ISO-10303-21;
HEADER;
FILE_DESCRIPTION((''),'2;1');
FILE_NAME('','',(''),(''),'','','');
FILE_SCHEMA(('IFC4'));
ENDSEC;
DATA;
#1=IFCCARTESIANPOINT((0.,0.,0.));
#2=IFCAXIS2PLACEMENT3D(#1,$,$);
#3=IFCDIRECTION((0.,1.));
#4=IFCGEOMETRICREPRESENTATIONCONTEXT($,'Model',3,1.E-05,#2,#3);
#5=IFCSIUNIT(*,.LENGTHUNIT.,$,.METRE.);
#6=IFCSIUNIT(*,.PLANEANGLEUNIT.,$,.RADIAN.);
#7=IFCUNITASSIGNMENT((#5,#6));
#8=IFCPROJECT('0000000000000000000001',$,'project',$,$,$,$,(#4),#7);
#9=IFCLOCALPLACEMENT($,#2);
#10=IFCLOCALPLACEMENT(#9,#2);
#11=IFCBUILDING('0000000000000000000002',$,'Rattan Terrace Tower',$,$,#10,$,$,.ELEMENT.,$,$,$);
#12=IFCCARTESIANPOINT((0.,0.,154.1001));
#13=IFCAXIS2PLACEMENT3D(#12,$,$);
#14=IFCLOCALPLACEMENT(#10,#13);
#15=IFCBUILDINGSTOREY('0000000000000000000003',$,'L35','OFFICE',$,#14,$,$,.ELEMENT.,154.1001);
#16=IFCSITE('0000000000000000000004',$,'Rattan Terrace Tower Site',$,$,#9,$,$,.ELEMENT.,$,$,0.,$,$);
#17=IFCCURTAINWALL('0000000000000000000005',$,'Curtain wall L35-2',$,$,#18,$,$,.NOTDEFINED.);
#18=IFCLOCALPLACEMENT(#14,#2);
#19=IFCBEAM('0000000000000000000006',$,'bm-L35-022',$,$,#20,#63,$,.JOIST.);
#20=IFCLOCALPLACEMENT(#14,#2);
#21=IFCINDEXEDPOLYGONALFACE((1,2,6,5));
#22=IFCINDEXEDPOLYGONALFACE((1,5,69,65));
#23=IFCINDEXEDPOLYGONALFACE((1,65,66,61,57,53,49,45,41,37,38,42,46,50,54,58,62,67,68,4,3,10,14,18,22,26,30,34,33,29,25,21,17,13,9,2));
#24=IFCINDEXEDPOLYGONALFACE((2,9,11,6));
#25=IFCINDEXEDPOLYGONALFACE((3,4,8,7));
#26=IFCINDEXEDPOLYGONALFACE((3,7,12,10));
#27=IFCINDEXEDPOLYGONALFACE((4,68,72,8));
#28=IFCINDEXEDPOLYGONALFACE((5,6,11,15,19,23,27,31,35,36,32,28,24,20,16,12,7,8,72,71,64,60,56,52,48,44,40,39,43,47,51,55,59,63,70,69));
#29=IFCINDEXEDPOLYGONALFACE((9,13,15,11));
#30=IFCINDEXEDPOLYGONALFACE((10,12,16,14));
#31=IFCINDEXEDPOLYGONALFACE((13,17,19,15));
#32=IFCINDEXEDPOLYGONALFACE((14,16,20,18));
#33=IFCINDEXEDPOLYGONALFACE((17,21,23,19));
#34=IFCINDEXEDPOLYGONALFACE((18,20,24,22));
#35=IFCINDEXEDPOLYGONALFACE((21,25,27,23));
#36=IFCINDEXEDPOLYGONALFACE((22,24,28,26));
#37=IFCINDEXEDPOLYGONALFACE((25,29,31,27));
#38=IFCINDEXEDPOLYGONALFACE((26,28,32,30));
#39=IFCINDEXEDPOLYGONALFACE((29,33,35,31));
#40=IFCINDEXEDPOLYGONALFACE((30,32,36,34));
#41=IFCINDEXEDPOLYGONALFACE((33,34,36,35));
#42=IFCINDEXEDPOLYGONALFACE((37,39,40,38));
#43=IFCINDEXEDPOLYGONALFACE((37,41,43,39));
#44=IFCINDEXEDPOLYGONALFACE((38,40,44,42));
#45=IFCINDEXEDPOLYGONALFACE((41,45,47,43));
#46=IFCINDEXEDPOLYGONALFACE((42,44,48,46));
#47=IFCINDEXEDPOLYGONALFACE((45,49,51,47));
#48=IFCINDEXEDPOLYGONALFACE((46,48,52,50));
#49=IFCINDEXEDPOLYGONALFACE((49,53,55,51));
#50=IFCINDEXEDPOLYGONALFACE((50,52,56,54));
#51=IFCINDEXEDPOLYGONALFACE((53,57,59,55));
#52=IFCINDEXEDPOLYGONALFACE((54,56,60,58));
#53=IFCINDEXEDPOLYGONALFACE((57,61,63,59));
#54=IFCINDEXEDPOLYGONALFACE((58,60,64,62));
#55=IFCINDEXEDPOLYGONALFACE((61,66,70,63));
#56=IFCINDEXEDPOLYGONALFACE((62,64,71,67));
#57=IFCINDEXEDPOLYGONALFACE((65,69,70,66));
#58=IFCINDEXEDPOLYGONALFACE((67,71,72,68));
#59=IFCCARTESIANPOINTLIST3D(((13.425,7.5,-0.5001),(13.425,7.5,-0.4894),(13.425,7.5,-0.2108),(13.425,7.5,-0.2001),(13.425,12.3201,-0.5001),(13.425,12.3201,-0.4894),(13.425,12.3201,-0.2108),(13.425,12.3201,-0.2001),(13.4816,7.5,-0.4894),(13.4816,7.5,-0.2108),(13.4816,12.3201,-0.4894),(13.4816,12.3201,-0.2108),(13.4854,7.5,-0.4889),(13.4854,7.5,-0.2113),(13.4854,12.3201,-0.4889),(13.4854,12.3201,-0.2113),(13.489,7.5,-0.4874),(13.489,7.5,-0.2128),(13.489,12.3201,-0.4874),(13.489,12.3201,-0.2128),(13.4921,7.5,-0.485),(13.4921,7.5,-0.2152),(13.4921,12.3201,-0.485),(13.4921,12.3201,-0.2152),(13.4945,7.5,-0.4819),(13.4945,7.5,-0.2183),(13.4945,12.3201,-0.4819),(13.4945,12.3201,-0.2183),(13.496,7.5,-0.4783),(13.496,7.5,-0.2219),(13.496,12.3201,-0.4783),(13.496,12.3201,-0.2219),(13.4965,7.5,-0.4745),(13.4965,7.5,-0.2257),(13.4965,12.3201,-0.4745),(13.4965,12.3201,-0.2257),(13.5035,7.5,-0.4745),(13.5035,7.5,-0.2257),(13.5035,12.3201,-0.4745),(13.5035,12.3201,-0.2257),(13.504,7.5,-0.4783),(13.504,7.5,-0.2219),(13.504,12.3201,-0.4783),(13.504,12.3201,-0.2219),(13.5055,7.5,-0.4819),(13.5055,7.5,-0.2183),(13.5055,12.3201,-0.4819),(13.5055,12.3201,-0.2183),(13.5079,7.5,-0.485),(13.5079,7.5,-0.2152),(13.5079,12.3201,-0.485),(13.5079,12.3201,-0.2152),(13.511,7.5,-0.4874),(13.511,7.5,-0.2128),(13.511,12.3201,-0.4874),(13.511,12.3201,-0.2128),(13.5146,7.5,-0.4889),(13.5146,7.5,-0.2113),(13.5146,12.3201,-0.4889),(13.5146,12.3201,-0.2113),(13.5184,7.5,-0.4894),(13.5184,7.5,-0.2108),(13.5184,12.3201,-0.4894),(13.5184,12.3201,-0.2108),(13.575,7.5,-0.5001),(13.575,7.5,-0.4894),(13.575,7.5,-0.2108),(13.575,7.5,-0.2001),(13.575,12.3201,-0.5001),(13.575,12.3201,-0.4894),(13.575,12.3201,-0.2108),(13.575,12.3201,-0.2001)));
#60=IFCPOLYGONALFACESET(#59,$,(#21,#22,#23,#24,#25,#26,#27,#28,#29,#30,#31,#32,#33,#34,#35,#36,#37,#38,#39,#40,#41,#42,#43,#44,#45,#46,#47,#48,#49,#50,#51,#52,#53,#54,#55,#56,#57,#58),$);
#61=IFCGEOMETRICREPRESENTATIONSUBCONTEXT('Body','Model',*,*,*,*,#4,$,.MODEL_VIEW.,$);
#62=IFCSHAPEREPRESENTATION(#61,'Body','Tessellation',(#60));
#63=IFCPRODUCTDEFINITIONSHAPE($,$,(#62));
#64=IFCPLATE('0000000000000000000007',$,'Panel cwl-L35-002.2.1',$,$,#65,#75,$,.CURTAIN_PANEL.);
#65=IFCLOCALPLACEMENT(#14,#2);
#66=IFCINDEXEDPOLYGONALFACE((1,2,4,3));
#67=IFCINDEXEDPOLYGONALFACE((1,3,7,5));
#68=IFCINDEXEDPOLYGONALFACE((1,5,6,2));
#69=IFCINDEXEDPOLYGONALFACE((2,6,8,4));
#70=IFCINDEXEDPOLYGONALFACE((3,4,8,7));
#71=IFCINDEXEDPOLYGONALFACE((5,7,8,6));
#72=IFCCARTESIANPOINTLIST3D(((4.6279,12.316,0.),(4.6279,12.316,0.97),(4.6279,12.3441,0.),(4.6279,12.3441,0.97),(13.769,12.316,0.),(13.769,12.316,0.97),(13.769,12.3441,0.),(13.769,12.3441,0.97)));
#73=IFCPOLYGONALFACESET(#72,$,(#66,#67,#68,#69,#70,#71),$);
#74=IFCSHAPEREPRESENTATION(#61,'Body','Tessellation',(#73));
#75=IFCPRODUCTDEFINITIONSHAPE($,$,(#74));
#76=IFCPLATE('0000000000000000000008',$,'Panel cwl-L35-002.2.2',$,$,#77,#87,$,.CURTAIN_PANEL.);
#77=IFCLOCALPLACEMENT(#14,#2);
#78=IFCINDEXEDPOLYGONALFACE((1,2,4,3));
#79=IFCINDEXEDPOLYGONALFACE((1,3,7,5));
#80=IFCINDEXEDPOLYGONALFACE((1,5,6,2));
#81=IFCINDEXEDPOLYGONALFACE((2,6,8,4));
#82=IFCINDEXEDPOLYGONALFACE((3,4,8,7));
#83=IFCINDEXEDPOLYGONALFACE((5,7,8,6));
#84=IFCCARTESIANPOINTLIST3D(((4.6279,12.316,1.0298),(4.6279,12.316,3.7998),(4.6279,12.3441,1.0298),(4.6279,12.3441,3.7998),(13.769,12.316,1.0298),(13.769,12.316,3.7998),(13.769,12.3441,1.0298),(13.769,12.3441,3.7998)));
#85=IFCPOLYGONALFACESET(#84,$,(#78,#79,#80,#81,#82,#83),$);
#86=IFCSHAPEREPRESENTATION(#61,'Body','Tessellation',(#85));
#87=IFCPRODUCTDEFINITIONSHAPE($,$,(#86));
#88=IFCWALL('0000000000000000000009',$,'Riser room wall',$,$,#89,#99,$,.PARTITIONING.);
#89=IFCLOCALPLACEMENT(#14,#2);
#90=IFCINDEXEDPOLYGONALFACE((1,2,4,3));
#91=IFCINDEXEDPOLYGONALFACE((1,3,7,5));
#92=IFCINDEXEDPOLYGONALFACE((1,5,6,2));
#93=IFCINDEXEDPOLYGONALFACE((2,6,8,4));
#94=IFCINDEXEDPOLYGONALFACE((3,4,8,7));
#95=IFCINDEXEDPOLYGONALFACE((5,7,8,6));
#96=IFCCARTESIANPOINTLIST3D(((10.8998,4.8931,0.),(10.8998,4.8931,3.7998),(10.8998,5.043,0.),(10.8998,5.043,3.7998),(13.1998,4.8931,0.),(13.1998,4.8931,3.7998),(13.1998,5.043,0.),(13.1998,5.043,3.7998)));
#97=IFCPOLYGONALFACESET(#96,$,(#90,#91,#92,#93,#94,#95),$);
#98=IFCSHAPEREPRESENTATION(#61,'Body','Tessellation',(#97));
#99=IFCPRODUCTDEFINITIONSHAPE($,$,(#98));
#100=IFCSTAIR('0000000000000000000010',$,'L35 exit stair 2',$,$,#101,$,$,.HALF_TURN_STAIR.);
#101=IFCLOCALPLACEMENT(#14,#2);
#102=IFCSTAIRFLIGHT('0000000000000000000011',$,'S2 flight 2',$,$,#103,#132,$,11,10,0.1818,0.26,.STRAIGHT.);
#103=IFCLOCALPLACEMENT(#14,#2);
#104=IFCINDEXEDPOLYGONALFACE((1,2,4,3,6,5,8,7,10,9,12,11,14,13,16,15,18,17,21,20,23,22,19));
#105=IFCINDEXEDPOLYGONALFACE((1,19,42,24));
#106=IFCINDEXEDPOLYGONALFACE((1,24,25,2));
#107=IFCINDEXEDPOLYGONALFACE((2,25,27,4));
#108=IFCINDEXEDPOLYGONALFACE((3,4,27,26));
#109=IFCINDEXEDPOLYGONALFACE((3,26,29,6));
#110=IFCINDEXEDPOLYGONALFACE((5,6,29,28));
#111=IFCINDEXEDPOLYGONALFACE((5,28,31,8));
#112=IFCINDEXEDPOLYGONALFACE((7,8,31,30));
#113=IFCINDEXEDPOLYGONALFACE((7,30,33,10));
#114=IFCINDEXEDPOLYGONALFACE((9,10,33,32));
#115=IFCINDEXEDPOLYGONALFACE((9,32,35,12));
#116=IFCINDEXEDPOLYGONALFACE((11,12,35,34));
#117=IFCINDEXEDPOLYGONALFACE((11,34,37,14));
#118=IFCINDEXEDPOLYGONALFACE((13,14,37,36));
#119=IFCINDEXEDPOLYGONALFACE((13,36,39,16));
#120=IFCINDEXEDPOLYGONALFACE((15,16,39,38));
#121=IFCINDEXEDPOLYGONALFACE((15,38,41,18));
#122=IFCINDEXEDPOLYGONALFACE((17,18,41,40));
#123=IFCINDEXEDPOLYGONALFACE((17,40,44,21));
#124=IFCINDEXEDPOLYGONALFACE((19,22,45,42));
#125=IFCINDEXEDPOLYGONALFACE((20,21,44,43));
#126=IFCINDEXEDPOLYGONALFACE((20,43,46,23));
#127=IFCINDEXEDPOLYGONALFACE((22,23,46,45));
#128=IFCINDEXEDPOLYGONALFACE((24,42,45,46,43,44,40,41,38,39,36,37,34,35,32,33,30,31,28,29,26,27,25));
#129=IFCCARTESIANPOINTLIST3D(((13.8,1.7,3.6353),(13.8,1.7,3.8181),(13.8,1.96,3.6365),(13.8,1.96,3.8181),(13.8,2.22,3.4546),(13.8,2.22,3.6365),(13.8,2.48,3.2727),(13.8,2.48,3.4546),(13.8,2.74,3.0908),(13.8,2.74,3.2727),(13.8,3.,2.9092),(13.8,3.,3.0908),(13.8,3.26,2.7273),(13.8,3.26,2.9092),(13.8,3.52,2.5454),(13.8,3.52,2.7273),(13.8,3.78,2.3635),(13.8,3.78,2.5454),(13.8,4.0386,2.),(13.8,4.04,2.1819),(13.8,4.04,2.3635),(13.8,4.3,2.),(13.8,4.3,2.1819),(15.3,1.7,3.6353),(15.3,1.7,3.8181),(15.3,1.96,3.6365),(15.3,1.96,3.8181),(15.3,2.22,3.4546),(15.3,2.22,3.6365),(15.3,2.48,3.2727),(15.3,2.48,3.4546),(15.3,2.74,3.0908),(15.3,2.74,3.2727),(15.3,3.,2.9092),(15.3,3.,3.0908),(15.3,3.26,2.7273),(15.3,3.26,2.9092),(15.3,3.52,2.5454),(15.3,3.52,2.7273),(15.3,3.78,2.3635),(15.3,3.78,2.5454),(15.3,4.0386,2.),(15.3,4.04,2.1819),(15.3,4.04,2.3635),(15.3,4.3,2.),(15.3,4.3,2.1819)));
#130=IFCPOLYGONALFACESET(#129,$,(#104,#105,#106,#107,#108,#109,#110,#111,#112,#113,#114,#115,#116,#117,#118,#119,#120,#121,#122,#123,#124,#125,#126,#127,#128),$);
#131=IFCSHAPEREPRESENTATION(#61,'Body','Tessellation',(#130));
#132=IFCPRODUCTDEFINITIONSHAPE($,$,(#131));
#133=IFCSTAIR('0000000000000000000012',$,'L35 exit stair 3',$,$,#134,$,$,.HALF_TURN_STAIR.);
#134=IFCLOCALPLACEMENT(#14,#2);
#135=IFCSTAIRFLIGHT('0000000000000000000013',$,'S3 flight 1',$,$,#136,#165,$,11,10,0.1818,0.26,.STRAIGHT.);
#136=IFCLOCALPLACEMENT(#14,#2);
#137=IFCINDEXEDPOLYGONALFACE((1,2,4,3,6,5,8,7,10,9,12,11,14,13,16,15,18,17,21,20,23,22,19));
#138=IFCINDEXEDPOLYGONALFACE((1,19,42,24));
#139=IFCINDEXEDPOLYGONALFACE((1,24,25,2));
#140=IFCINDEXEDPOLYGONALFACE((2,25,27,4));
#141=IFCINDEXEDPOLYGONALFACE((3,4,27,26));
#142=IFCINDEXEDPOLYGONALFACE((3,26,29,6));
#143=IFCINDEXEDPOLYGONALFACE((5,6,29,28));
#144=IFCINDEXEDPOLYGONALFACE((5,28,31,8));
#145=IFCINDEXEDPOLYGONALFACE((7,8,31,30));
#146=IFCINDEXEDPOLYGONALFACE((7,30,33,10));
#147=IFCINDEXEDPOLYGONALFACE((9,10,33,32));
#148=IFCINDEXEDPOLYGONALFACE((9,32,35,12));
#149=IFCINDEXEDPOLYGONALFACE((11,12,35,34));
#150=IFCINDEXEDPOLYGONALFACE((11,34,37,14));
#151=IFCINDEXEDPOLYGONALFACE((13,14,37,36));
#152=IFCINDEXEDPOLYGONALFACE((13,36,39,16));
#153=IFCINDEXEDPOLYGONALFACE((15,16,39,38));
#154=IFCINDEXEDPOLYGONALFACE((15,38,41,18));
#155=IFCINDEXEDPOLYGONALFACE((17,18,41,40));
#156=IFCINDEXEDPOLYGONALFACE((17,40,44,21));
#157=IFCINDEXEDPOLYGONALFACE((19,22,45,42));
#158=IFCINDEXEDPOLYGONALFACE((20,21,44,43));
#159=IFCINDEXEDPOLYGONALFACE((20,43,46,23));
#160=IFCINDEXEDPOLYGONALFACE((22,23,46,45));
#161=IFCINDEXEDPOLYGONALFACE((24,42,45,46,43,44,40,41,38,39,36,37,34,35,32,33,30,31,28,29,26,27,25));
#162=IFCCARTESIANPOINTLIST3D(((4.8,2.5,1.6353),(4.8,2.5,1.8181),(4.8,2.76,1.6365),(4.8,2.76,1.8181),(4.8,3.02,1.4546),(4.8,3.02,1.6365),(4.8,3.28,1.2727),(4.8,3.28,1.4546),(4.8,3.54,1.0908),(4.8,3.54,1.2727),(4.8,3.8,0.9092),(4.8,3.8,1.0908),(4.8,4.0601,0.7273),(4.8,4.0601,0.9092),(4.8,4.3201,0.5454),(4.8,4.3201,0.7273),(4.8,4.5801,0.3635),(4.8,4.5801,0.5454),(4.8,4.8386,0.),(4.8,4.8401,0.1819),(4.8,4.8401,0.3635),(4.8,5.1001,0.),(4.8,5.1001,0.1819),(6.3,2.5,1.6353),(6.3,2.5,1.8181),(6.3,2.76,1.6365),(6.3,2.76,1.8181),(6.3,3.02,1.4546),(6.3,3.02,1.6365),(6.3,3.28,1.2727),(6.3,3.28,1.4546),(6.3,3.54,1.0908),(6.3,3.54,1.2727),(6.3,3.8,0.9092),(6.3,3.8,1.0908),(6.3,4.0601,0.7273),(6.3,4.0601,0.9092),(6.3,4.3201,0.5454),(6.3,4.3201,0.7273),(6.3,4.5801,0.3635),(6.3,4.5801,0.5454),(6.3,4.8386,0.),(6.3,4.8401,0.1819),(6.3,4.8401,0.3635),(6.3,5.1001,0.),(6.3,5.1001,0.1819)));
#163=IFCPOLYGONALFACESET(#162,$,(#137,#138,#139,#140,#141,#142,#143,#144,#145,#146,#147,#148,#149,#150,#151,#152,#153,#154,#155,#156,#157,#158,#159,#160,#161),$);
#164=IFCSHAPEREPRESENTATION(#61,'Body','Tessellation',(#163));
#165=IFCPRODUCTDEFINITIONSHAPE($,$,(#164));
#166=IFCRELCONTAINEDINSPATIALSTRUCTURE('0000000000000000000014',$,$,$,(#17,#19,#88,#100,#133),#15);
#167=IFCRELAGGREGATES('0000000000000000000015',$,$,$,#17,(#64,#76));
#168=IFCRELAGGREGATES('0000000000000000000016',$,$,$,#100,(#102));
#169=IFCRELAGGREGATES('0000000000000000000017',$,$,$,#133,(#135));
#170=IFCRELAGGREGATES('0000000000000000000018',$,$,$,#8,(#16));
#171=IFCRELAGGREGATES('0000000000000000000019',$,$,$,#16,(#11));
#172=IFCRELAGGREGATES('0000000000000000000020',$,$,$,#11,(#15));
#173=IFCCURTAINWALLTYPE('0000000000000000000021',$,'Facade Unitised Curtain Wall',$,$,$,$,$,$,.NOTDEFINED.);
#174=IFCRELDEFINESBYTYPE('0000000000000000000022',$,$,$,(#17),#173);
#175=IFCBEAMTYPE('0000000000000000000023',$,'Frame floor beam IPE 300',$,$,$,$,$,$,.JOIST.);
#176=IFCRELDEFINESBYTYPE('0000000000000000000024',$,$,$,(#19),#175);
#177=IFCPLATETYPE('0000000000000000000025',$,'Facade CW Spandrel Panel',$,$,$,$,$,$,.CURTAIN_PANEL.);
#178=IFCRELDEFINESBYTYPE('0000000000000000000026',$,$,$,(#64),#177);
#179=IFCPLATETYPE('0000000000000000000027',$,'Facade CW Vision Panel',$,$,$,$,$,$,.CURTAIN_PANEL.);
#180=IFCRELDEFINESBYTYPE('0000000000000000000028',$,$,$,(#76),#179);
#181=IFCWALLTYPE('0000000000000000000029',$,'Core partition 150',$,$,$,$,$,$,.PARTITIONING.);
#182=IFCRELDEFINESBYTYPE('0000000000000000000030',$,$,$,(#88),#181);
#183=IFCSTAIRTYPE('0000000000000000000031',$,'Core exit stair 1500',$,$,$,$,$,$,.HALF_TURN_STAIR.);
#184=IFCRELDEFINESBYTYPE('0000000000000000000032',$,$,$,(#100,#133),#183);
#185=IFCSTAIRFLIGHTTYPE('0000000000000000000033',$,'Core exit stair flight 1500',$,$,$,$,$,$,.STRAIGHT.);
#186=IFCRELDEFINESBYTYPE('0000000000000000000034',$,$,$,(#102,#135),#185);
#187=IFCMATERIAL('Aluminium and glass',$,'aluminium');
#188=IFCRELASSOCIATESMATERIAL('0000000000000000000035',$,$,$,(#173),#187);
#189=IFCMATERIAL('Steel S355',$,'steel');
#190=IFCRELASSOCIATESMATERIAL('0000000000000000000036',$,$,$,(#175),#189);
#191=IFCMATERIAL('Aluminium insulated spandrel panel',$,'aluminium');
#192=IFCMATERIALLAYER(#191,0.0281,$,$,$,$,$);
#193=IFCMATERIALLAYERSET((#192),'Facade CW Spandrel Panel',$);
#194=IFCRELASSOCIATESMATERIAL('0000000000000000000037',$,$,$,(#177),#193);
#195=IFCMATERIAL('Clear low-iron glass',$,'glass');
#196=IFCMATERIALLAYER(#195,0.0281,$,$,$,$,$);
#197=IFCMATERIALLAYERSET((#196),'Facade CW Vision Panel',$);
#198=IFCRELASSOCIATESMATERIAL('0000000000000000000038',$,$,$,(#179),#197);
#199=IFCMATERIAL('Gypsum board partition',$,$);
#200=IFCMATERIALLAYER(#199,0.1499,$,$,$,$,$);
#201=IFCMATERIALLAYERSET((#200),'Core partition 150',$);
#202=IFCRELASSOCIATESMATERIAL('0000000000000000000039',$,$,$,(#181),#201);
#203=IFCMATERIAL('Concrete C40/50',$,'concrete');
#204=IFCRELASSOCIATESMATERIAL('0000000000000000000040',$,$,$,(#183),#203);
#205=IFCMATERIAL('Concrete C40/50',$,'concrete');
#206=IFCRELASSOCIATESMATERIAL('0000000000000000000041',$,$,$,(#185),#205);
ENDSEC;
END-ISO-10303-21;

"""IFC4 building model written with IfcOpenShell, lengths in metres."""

from ifc_helpers import new_model, si_unit, direction, frame, frame_2d, origin, origin_2d, place, context, subcontext, project, spatial, polyline, rectangle, i_section, outline, extrude, material, layer, layer_set, material_profile, profile_set, type_object, element, aggregate, save


model = new_model("IFC4")

# Units and contexts
model_context = context("Model", 3, precision=1e-05, world=origin(), true_north=direction((0.0, 1.0)))
body_context = subcontext(model_context, "Body", "Model", "MODEL_VIEW")
ifc_project = project(units=[si_unit("LENGTHUNIT", "METRE"), si_unit("PLANEANGLEUNIT", "RADIAN")], contexts=[model_context])

# Site, building, storey
site_placement = place(None, origin())
site = spatial("IfcSite", under=ifc_project, at=site_placement, Name="Rattan Terrace Tower Site", CompositionType="ELEMENT", RefElevation=0.0)
building_placement = place(site_placement, origin())
building = spatial("IfcBuilding", under=site, at=building_placement, Name="Rattan Terrace Tower", CompositionType="ELEMENT")
storey_placement = place(building_placement, frame((0.0, 0.0, 154.1001)))
storey = spatial("IfcBuildingStorey", under=building, at=storey_placement, Name="L35", Description="OFFICE", CompositionType="ELEMENT", Elevation=154.1001)

# Curtain wall
ifc_material_1 = material(Name="Aluminium and glass", Category="aluminium")
curtain_wall_type = type_object("IfcCurtainWallType", Name="Facade Unitised Curtain Wall", PredefinedType="NOTDEFINED", material=ifc_material_1)
curtain_wall_placement = place(storey_placement, origin())
curtain_wall = element("IfcCurtainWall", 1, at=curtain_wall_placement, inside=storey, type_object=curtain_wall_type, Name="Curtain wall L35-2", PredefinedType="NOTDEFINED")

# Beam
ifc_material_2 = material(Name="Steel S355", Category="steel")
ifc_material_profile_1 = material_profile(ifc_material_2, i_section(OverallWidth=0.1499, OverallDepth=0.3, WebThickness=0.0071, FlangeThickness=0.0107, FilletRadius=0.0149, at=origin_2d()), Name="IPE 300")
ifc_profile_set_1 = profile_set([ifc_material_profile_1], Name="Steel S355")
beam_type = type_object("IfcBeamType", Name="Frame floor beam IPE 300", PredefinedType="JOIST", material=ifc_profile_set_1)
for number, where, z_axis, x_axis, name in (
    (2, (13.5, 7.5, -0.3501), (0.0, 1.0, 0.0), (-1.0, 0.0, 0.0), "bm-L35-022"),
):
    element("IfcBeam", number, at=place(storey_placement, frame(where, z_axis=z_axis, x_axis=x_axis)), inside=storey, type_object=beam_type, Name=name, PredefinedType="JOIST", context=body_context, shape_type="SweptSolid", body=[
        extrude(i_section(OverallWidth=0.1499, OverallDepth=0.3, WebThickness=0.0071, FlangeThickness=0.0107, FilletRadius=0.0149, at=origin_2d()), origin(), (0.0, 0.0, 1.0), 4.8201),
    ])

# Plates
ifc_material_3 = material(Name="Aluminium insulated spandrel panel", Category="aluminium")
ifc_layer_1 = layer(ifc_material_3, 0.0281)
ifc_layer_set_1 = layer_set([ifc_layer_1], Name="Facade CW Spandrel Panel")
plate_type_1 = type_object("IfcPlateType", Name="Facade CW Spandrel Panel", PredefinedType="CURTAIN_PANEL", material=ifc_layer_set_1)
plate_1_placement = place(storey_placement, frame((9.1985, 12.3301, 0.0), z_axis=(0.0, 0.0, 1.0), x_axis=(-1.0, 0.0, 0.0)))
plate_1 = element("IfcPlate", 3, at=plate_1_placement, type_object=plate_type_1, Name="Panel cwl-L35-002.2.1", PredefinedType="CURTAIN_PANEL", context=body_context, shape_type="SweptSolid", body=[
    extrude(rectangle(XDim=9.1411, YDim=0.0281, at=origin_2d()), origin(), (0.0, 0.0, 1.0), 0.97),
])
ifc_material_4 = material(Name="Clear low-iron glass", Category="glass")
ifc_layer_2 = layer(ifc_material_4, 0.0281)
ifc_layer_set_2 = layer_set([ifc_layer_2], Name="Facade CW Vision Panel")
plate_type_2 = type_object("IfcPlateType", Name="Facade CW Vision Panel", PredefinedType="CURTAIN_PANEL", material=ifc_layer_set_2)
plate_2_placement = place(storey_placement, frame((9.1985, 12.3301, 1.0298), z_axis=(0.0, 0.0, 1.0), x_axis=(-1.0, 0.0, 0.0)))
plate_2 = element("IfcPlate", 4, at=plate_2_placement, type_object=plate_type_2, Name="Panel cwl-L35-002.2.2", PredefinedType="CURTAIN_PANEL", context=body_context, shape_type="SweptSolid", body=[
    extrude(rectangle(XDim=9.1411, YDim=0.0281, at=origin_2d()), origin(), (0.0, 0.0, 1.0), 2.77),
])
aggregate(curtain_wall, [plate_1, plate_2])

# Wall
ifc_material_5 = material(Name="Gypsum board partition")
ifc_layer_3 = layer(ifc_material_5, 0.1499)
ifc_layer_set_3 = layer_set([ifc_layer_3], Name="Core partition 150")
wall_type = type_object("IfcWallType", Name="Core partition 150", PredefinedType="PARTITIONING", material=ifc_layer_set_3)
wall_placement = place(storey_placement, frame((10.8999, 4.968, 0.0), z_axis=(0.0, 0.0, 1.0), x_axis=(1.0, 0.0, 0.0)))
element("IfcWall", 5, at=wall_placement, inside=storey, type_object=wall_type, Name="Riser room wall", PredefinedType="PARTITIONING", context=body_context, shape_type="SweptSolid", body=[
    extrude(rectangle(XDim=2.3, YDim=0.1499, at=frame_2d((1.1499, 0.0))), origin(), (0.0, 0.0, 1.0), 3.7998),
])

# Stairs, stair flights
ifc_material_6 = material(Name="Concrete C40/50", Category="concrete")
stair_type = type_object("IfcStairType", Name="Core exit stair 1500", PredefinedType="HALF_TURN_STAIR", material=ifc_material_6)
stair_1_placement = place(storey_placement, origin())
stair_1 = element("IfcStair", 6, at=stair_1_placement, inside=storey, type_object=stair_type, Name="L35 exit stair 2", PredefinedType="HALF_TURN_STAIR")
ifc_material_7 = material(Name="Concrete C40/50", Category="concrete")
stair_flight_type = type_object("IfcStairFlightType", Name="Core exit stair flight 1500", PredefinedType="STRAIGHT", material=ifc_material_7)
stair_flight_1_placement = place(storey_placement, frame((14.55, 4.3, 2.0), z_axis=(0.0, 0.0, 1.0), x_axis=(0.0, -1.0, 0.0)))
stair_flight_1 = element("IfcStairFlight", 7, at=stair_flight_1_placement, type_object=stair_flight_type, Name="S2 flight 2", NumberOfRisers=11, NumberOfTreads=10, PredefinedType="STRAIGHT", RiserHeight=0.1818, TreadLength=0.26, context=body_context, shape_type="SweptSolid", body=[
    extrude(outline(polyline([(0.0, 0.0), (0.0, 0.1819), (0.26, 0.1819), (0.26, 0.3635), (0.52, 0.3635), (0.52, 0.5454), (0.78, 0.5454), (0.78, 0.7273), (1.04, 0.7273), (1.04, 0.9092), (1.3, 0.9092), (1.3, 1.0908), (1.5601, 1.0908), (1.5601, 1.2727), (1.8201, 1.2727), (1.8201, 1.4546), (2.0801, 1.4546), (2.0801, 1.6365), (2.3401, 1.6365), (2.3401, 1.8181), (2.6001, 1.8181), (2.6001, 2.0), (2.6001, 1.6353), (0.2615, 0.0), (0.0, 0.0)])), frame((0.0, 0.75, 0.0), z_axis=(0.0, -1.0, 0.0), x_axis=(1.0, 0.0, 0.0)), (0.0, 0.0, 1.0), 1.5),
])
aggregate(stair_1, [stair_flight_1])
stair_2_placement = place(storey_placement, origin())
stair_2 = element("IfcStair", 8, at=stair_2_placement, inside=storey, type_object=stair_type, Name="L35 exit stair 3", PredefinedType="HALF_TURN_STAIR")
stair_flight_2_placement = place(storey_placement, frame((5.55, 5.1001, 0.0), z_axis=(0.0, 0.0, 1.0), x_axis=(0.0, -1.0, 0.0)))
stair_flight_2 = element("IfcStairFlight", 9, at=stair_flight_2_placement, type_object=stair_flight_type, Name="S3 flight 1", NumberOfRisers=11, NumberOfTreads=10, PredefinedType="STRAIGHT", RiserHeight=0.1818, TreadLength=0.26, context=body_context, shape_type="SweptSolid", body=[
    extrude(outline(polyline([(0.0, 0.0), (0.0, 0.1819), (0.26, 0.1819), (0.26, 0.3635), (0.52, 0.3635), (0.52, 0.5454), (0.78, 0.5454), (0.78, 0.7273), (1.04, 0.7273), (1.04, 0.9092), (1.3, 0.9092), (1.3, 1.0908), (1.5601, 1.0908), (1.5601, 1.2727), (1.8201, 1.2727), (1.8201, 1.4546), (2.0801, 1.4546), (2.0801, 1.6365), (2.3401, 1.6365), (2.3401, 1.8181), (2.6001, 1.8181), (2.6001, 2.0), (2.6001, 1.6353), (0.2615, 0.0), (0.0, 0.0)])), frame((0.0, 0.75, 0.0), z_axis=(0.0, -1.0, 0.0), x_axis=(1.0, 0.0, 0.0)), (0.0, 0.0, 1.0), 1.5),
])
aggregate(stair_2, [stair_flight_2])

save(model, "model.ifc")
